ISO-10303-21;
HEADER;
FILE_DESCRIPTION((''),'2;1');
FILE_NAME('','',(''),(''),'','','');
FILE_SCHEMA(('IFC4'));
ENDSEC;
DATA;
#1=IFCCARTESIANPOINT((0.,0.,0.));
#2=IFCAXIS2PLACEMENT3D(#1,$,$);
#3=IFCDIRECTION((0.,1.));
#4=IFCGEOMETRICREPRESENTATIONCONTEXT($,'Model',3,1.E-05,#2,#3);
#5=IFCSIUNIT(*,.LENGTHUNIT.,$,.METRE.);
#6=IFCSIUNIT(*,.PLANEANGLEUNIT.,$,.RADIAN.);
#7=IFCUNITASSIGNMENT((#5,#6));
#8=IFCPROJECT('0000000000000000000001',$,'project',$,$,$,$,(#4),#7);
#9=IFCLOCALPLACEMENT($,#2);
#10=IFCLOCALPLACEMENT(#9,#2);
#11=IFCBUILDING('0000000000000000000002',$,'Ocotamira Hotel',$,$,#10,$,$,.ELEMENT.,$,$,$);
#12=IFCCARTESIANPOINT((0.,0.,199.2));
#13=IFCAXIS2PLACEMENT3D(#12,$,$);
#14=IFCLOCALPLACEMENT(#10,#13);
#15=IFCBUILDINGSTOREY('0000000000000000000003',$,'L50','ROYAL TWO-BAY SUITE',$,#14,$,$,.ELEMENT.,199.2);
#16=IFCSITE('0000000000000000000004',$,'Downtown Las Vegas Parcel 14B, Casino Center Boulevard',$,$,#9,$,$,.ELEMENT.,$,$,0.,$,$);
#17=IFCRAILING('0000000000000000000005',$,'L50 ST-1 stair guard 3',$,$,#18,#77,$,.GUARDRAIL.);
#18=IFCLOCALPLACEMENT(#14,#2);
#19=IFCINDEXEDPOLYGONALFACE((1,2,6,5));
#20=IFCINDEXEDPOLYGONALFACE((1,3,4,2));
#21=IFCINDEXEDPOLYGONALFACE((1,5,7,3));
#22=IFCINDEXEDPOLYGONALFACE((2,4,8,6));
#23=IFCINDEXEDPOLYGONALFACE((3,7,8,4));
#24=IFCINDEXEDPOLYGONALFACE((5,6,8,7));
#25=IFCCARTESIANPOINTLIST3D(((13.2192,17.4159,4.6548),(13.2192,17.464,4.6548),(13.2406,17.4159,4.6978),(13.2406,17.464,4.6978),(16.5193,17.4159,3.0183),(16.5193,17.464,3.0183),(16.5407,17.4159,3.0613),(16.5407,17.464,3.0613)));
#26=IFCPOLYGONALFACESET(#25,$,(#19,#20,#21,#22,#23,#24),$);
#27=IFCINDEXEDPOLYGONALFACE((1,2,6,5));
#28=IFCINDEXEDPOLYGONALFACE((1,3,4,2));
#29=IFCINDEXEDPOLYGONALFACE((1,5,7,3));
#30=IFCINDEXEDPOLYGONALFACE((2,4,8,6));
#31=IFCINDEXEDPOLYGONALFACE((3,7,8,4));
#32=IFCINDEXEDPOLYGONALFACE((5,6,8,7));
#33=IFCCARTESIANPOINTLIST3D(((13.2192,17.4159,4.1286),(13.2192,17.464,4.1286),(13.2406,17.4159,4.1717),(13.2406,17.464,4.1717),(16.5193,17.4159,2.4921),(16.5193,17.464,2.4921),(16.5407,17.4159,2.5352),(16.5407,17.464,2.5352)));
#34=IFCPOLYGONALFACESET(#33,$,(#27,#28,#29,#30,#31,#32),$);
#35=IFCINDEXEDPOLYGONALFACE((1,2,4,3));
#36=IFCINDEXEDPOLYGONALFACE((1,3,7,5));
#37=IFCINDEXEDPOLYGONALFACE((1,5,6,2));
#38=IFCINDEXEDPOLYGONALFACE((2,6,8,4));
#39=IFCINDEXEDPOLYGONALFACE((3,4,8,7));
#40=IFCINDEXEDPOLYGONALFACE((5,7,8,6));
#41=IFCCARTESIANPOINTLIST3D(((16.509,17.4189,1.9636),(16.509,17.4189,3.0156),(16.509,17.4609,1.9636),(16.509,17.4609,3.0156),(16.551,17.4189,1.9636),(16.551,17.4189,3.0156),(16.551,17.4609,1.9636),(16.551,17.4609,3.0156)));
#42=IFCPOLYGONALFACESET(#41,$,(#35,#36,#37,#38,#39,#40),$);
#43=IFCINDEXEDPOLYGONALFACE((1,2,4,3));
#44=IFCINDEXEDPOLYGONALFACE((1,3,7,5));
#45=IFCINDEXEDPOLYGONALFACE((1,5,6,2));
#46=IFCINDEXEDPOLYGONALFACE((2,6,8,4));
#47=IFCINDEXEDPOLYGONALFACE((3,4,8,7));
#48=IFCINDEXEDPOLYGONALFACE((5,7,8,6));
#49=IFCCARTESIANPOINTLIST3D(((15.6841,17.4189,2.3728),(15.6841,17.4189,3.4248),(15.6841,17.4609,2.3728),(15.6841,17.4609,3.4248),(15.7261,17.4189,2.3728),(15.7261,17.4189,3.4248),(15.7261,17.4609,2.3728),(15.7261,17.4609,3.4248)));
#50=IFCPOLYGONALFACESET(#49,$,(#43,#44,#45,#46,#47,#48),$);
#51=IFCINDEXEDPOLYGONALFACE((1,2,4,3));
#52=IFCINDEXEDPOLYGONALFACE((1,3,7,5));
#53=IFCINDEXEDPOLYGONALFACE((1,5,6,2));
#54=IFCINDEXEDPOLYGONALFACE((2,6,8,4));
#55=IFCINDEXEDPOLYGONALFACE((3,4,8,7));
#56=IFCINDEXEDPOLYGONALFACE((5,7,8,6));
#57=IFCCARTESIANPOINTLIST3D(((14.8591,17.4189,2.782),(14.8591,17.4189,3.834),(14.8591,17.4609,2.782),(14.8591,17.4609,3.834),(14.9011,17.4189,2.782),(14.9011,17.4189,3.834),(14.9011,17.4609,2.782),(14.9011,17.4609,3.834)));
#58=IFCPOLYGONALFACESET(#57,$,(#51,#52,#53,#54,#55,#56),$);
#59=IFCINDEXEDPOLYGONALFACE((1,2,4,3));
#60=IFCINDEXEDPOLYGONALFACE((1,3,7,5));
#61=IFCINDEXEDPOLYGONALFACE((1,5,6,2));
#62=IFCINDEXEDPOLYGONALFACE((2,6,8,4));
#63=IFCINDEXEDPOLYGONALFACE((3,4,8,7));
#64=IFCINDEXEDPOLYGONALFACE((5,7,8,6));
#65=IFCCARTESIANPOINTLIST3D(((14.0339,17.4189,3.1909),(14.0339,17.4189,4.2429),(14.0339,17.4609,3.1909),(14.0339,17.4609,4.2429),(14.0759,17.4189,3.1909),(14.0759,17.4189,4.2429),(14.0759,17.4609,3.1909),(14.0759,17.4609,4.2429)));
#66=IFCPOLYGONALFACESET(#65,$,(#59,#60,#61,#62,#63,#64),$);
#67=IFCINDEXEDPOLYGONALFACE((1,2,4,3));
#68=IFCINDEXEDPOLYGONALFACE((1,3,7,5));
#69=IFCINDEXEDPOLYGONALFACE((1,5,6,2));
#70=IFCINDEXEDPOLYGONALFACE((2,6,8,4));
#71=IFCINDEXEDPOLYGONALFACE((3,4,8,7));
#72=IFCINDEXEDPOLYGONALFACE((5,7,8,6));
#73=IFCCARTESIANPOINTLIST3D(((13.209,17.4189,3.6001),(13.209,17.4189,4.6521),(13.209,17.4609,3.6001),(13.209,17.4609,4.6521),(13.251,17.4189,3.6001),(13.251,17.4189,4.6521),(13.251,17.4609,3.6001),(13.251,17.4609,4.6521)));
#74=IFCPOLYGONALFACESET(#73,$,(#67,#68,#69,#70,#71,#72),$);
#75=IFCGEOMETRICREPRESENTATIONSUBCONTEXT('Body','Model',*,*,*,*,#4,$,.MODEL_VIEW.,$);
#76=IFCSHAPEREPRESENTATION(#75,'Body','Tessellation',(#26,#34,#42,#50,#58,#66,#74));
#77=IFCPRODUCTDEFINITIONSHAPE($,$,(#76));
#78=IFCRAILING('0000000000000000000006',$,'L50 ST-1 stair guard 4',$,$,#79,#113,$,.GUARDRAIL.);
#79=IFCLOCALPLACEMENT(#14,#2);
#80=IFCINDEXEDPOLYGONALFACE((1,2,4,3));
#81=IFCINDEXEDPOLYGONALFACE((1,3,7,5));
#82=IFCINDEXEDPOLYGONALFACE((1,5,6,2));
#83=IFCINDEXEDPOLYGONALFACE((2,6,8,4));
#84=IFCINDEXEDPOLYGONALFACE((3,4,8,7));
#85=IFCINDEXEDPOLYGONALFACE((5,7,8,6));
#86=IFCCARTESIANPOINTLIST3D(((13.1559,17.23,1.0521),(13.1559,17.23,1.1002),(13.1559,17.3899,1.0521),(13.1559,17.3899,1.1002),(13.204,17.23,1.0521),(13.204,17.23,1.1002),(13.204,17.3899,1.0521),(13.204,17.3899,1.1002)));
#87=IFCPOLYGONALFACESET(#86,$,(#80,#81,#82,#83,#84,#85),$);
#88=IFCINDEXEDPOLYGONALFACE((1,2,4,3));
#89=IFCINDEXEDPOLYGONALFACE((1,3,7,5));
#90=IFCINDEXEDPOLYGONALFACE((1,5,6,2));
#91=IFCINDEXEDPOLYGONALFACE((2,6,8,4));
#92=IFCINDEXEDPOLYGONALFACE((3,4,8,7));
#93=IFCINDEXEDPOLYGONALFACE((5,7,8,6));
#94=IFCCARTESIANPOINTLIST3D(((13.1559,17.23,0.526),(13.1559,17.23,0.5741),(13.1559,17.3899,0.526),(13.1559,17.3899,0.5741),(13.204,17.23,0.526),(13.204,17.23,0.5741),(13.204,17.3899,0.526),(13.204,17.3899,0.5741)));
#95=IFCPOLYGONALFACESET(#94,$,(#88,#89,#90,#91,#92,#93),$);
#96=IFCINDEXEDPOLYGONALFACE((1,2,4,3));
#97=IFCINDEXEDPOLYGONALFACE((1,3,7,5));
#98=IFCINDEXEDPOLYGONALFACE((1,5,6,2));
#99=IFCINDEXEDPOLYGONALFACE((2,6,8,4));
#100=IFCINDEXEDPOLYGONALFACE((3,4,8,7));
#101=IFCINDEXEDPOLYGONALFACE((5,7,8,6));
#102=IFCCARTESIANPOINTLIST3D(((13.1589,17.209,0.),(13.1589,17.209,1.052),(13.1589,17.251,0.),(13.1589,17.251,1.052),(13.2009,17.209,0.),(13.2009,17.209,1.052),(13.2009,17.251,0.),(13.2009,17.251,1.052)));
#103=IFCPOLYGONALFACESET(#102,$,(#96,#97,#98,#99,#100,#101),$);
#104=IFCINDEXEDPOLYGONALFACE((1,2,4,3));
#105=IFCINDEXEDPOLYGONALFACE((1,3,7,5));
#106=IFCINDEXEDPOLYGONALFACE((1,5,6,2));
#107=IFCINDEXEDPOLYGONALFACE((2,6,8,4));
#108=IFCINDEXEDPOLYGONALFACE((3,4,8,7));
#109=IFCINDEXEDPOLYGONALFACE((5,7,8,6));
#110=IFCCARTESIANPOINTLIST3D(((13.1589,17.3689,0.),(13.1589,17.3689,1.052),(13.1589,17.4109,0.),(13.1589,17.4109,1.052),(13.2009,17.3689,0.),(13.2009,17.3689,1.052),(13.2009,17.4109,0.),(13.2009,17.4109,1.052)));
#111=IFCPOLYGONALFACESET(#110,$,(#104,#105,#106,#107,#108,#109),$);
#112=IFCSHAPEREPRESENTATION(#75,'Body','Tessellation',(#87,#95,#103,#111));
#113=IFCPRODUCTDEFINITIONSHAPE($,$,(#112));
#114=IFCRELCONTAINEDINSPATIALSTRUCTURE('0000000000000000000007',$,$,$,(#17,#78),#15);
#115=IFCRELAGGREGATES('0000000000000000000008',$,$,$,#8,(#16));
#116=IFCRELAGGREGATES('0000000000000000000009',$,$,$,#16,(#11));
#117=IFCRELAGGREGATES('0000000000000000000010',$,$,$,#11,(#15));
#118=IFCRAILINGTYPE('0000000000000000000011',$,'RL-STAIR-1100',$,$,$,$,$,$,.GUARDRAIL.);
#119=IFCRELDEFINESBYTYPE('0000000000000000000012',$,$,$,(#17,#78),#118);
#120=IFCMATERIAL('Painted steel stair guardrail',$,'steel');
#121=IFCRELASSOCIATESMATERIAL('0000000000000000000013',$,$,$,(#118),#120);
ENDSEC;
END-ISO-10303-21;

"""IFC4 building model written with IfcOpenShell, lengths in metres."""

from ifc_helpers import new_model, si_unit, direction, frame, origin, origin_2d, place, context, subcontext, project, spatial, rectangle, extrude, material, type_object, element, save


model = new_model("IFC4")

# Units and contexts
model_context = context("Model", 3, precision=1e-05, world=origin(), true_north=direction((0.0, 1.0)))
body_context = subcontext(model_context, "Body", "Model", "MODEL_VIEW")
ifc_project = project(units=[si_unit("LENGTHUNIT", "METRE"), si_unit("PLANEANGLEUNIT", "RADIAN")], contexts=[model_context])

# Site, building, storey
site_placement = place(None, origin())
site = spatial("IfcSite", under=ifc_project, at=site_placement, Name="Downtown Las Vegas Parcel 14B, Casino Center Boulevard", CompositionType="ELEMENT", RefElevation=0.0)
building_placement = place(site_placement, origin())
building = spatial("IfcBuilding", under=site, at=building_placement, Name="Ocotamira Hotel", CompositionType="ELEMENT")
storey_placement = place(building_placement, frame((0.0, 0.0, 199.2)))
storey = spatial("IfcBuildingStorey", under=building, at=storey_placement, Name="L50", Description="ROYAL TWO-BAY SUITE", CompositionType="ELEMENT", Elevation=199.2)

# Railings
ifc_material_1 = material(Name="Painted steel stair guardrail", Category="steel")
railing_type_1 = type_object("IfcRailingType", Name="RL-STAIR-1100", PredefinedType="GUARDRAIL", material=ifc_material_1)
railing_1_placement = place(storey_placement, frame((16.53, 17.4399, 1.9636)))
element("IfcRailing", 1, at=railing_1_placement, inside=storey, type_object=railing_type_1, Name="L50 ST-1 stair guard 3", PredefinedType="GUARDRAIL", context=body_context, shape_type="SweptSolid", body=[
    extrude(rectangle(XDim=0.0481, YDim=0.0481, at=origin_2d()), frame((0.0, 0.0, 1.0762), z_axis=(-0.895894, 0.0, 0.444268), x_axis=(0.0, -1.0, 0.0)), (0.0, 0.0, 1.0), 3.6836),
    extrude(rectangle(XDim=0.0481, YDim=0.0481, at=origin_2d()), frame((0.0, 0.0, 0.55), z_axis=(-0.895894, 0.0, 0.444268), x_axis=(0.0, -1.0, 0.0)), (0.0, 0.0, 1.0), 3.6836),
    extrude(rectangle(XDim=0.042, YDim=0.042, at=origin_2d()), origin(), (0.0, 0.0, 1.0), 1.052),
    extrude(rectangle(XDim=0.042, YDim=0.042, at=origin_2d()), frame((-0.825, 0.0, 0.4092)), (0.0, 0.0, 1.0), 1.052),
    extrude(rectangle(XDim=0.042, YDim=0.042, at=origin_2d()), frame((-1.6499, 0.0, 0.8184)), (0.0, 0.0, 1.0), 1.052),
    extrude(rectangle(XDim=0.042, YDim=0.042, at=origin_2d()), frame((-2.4751, 0.0, 1.2273)), (0.0, 0.0, 1.0), 1.052),
    extrude(rectangle(XDim=0.042, YDim=0.042, at=origin_2d()), frame((-3.3, 0.0, 1.6365)), (0.0, 0.0, 1.0), 1.052),
])
railing_2_placement = place(storey_placement, frame((13.1799, 17.23, 0.0)))
element("IfcRailing", 2, at=railing_2_placement, inside=storey, type_object=railing_type_1, Name="L50 ST-1 stair guard 4", PredefinedType="GUARDRAIL", context=body_context, shape_type="SweptSolid", body=[
    extrude(rectangle(XDim=0.0481, YDim=0.0481, at=origin_2d()), frame((0.0, 0.0, 1.0762), z_axis=(0.0, 1.0, 0.0), x_axis=(-1.0, 0.0, 0.0)), (0.0, 0.0, 1.0), 0.1599),
    extrude(rectangle(XDim=0.0481, YDim=0.0481, at=origin_2d()), frame((0.0, 0.0, 0.55), z_axis=(0.0, 1.0, 0.0), x_axis=(-1.0, 0.0, 0.0)), (0.0, 0.0, 1.0), 0.1599),
    extrude(rectangle(XDim=0.042, YDim=0.042, at=origin_2d()), origin(), (0.0, 0.0, 1.0), 1.052),
    extrude(rectangle(XDim=0.042, YDim=0.042, at=origin_2d()), frame((0.0, 0.1599, 0.0)), (0.0, 0.0, 1.0), 1.052),
])

save(model, "model.ifc")
